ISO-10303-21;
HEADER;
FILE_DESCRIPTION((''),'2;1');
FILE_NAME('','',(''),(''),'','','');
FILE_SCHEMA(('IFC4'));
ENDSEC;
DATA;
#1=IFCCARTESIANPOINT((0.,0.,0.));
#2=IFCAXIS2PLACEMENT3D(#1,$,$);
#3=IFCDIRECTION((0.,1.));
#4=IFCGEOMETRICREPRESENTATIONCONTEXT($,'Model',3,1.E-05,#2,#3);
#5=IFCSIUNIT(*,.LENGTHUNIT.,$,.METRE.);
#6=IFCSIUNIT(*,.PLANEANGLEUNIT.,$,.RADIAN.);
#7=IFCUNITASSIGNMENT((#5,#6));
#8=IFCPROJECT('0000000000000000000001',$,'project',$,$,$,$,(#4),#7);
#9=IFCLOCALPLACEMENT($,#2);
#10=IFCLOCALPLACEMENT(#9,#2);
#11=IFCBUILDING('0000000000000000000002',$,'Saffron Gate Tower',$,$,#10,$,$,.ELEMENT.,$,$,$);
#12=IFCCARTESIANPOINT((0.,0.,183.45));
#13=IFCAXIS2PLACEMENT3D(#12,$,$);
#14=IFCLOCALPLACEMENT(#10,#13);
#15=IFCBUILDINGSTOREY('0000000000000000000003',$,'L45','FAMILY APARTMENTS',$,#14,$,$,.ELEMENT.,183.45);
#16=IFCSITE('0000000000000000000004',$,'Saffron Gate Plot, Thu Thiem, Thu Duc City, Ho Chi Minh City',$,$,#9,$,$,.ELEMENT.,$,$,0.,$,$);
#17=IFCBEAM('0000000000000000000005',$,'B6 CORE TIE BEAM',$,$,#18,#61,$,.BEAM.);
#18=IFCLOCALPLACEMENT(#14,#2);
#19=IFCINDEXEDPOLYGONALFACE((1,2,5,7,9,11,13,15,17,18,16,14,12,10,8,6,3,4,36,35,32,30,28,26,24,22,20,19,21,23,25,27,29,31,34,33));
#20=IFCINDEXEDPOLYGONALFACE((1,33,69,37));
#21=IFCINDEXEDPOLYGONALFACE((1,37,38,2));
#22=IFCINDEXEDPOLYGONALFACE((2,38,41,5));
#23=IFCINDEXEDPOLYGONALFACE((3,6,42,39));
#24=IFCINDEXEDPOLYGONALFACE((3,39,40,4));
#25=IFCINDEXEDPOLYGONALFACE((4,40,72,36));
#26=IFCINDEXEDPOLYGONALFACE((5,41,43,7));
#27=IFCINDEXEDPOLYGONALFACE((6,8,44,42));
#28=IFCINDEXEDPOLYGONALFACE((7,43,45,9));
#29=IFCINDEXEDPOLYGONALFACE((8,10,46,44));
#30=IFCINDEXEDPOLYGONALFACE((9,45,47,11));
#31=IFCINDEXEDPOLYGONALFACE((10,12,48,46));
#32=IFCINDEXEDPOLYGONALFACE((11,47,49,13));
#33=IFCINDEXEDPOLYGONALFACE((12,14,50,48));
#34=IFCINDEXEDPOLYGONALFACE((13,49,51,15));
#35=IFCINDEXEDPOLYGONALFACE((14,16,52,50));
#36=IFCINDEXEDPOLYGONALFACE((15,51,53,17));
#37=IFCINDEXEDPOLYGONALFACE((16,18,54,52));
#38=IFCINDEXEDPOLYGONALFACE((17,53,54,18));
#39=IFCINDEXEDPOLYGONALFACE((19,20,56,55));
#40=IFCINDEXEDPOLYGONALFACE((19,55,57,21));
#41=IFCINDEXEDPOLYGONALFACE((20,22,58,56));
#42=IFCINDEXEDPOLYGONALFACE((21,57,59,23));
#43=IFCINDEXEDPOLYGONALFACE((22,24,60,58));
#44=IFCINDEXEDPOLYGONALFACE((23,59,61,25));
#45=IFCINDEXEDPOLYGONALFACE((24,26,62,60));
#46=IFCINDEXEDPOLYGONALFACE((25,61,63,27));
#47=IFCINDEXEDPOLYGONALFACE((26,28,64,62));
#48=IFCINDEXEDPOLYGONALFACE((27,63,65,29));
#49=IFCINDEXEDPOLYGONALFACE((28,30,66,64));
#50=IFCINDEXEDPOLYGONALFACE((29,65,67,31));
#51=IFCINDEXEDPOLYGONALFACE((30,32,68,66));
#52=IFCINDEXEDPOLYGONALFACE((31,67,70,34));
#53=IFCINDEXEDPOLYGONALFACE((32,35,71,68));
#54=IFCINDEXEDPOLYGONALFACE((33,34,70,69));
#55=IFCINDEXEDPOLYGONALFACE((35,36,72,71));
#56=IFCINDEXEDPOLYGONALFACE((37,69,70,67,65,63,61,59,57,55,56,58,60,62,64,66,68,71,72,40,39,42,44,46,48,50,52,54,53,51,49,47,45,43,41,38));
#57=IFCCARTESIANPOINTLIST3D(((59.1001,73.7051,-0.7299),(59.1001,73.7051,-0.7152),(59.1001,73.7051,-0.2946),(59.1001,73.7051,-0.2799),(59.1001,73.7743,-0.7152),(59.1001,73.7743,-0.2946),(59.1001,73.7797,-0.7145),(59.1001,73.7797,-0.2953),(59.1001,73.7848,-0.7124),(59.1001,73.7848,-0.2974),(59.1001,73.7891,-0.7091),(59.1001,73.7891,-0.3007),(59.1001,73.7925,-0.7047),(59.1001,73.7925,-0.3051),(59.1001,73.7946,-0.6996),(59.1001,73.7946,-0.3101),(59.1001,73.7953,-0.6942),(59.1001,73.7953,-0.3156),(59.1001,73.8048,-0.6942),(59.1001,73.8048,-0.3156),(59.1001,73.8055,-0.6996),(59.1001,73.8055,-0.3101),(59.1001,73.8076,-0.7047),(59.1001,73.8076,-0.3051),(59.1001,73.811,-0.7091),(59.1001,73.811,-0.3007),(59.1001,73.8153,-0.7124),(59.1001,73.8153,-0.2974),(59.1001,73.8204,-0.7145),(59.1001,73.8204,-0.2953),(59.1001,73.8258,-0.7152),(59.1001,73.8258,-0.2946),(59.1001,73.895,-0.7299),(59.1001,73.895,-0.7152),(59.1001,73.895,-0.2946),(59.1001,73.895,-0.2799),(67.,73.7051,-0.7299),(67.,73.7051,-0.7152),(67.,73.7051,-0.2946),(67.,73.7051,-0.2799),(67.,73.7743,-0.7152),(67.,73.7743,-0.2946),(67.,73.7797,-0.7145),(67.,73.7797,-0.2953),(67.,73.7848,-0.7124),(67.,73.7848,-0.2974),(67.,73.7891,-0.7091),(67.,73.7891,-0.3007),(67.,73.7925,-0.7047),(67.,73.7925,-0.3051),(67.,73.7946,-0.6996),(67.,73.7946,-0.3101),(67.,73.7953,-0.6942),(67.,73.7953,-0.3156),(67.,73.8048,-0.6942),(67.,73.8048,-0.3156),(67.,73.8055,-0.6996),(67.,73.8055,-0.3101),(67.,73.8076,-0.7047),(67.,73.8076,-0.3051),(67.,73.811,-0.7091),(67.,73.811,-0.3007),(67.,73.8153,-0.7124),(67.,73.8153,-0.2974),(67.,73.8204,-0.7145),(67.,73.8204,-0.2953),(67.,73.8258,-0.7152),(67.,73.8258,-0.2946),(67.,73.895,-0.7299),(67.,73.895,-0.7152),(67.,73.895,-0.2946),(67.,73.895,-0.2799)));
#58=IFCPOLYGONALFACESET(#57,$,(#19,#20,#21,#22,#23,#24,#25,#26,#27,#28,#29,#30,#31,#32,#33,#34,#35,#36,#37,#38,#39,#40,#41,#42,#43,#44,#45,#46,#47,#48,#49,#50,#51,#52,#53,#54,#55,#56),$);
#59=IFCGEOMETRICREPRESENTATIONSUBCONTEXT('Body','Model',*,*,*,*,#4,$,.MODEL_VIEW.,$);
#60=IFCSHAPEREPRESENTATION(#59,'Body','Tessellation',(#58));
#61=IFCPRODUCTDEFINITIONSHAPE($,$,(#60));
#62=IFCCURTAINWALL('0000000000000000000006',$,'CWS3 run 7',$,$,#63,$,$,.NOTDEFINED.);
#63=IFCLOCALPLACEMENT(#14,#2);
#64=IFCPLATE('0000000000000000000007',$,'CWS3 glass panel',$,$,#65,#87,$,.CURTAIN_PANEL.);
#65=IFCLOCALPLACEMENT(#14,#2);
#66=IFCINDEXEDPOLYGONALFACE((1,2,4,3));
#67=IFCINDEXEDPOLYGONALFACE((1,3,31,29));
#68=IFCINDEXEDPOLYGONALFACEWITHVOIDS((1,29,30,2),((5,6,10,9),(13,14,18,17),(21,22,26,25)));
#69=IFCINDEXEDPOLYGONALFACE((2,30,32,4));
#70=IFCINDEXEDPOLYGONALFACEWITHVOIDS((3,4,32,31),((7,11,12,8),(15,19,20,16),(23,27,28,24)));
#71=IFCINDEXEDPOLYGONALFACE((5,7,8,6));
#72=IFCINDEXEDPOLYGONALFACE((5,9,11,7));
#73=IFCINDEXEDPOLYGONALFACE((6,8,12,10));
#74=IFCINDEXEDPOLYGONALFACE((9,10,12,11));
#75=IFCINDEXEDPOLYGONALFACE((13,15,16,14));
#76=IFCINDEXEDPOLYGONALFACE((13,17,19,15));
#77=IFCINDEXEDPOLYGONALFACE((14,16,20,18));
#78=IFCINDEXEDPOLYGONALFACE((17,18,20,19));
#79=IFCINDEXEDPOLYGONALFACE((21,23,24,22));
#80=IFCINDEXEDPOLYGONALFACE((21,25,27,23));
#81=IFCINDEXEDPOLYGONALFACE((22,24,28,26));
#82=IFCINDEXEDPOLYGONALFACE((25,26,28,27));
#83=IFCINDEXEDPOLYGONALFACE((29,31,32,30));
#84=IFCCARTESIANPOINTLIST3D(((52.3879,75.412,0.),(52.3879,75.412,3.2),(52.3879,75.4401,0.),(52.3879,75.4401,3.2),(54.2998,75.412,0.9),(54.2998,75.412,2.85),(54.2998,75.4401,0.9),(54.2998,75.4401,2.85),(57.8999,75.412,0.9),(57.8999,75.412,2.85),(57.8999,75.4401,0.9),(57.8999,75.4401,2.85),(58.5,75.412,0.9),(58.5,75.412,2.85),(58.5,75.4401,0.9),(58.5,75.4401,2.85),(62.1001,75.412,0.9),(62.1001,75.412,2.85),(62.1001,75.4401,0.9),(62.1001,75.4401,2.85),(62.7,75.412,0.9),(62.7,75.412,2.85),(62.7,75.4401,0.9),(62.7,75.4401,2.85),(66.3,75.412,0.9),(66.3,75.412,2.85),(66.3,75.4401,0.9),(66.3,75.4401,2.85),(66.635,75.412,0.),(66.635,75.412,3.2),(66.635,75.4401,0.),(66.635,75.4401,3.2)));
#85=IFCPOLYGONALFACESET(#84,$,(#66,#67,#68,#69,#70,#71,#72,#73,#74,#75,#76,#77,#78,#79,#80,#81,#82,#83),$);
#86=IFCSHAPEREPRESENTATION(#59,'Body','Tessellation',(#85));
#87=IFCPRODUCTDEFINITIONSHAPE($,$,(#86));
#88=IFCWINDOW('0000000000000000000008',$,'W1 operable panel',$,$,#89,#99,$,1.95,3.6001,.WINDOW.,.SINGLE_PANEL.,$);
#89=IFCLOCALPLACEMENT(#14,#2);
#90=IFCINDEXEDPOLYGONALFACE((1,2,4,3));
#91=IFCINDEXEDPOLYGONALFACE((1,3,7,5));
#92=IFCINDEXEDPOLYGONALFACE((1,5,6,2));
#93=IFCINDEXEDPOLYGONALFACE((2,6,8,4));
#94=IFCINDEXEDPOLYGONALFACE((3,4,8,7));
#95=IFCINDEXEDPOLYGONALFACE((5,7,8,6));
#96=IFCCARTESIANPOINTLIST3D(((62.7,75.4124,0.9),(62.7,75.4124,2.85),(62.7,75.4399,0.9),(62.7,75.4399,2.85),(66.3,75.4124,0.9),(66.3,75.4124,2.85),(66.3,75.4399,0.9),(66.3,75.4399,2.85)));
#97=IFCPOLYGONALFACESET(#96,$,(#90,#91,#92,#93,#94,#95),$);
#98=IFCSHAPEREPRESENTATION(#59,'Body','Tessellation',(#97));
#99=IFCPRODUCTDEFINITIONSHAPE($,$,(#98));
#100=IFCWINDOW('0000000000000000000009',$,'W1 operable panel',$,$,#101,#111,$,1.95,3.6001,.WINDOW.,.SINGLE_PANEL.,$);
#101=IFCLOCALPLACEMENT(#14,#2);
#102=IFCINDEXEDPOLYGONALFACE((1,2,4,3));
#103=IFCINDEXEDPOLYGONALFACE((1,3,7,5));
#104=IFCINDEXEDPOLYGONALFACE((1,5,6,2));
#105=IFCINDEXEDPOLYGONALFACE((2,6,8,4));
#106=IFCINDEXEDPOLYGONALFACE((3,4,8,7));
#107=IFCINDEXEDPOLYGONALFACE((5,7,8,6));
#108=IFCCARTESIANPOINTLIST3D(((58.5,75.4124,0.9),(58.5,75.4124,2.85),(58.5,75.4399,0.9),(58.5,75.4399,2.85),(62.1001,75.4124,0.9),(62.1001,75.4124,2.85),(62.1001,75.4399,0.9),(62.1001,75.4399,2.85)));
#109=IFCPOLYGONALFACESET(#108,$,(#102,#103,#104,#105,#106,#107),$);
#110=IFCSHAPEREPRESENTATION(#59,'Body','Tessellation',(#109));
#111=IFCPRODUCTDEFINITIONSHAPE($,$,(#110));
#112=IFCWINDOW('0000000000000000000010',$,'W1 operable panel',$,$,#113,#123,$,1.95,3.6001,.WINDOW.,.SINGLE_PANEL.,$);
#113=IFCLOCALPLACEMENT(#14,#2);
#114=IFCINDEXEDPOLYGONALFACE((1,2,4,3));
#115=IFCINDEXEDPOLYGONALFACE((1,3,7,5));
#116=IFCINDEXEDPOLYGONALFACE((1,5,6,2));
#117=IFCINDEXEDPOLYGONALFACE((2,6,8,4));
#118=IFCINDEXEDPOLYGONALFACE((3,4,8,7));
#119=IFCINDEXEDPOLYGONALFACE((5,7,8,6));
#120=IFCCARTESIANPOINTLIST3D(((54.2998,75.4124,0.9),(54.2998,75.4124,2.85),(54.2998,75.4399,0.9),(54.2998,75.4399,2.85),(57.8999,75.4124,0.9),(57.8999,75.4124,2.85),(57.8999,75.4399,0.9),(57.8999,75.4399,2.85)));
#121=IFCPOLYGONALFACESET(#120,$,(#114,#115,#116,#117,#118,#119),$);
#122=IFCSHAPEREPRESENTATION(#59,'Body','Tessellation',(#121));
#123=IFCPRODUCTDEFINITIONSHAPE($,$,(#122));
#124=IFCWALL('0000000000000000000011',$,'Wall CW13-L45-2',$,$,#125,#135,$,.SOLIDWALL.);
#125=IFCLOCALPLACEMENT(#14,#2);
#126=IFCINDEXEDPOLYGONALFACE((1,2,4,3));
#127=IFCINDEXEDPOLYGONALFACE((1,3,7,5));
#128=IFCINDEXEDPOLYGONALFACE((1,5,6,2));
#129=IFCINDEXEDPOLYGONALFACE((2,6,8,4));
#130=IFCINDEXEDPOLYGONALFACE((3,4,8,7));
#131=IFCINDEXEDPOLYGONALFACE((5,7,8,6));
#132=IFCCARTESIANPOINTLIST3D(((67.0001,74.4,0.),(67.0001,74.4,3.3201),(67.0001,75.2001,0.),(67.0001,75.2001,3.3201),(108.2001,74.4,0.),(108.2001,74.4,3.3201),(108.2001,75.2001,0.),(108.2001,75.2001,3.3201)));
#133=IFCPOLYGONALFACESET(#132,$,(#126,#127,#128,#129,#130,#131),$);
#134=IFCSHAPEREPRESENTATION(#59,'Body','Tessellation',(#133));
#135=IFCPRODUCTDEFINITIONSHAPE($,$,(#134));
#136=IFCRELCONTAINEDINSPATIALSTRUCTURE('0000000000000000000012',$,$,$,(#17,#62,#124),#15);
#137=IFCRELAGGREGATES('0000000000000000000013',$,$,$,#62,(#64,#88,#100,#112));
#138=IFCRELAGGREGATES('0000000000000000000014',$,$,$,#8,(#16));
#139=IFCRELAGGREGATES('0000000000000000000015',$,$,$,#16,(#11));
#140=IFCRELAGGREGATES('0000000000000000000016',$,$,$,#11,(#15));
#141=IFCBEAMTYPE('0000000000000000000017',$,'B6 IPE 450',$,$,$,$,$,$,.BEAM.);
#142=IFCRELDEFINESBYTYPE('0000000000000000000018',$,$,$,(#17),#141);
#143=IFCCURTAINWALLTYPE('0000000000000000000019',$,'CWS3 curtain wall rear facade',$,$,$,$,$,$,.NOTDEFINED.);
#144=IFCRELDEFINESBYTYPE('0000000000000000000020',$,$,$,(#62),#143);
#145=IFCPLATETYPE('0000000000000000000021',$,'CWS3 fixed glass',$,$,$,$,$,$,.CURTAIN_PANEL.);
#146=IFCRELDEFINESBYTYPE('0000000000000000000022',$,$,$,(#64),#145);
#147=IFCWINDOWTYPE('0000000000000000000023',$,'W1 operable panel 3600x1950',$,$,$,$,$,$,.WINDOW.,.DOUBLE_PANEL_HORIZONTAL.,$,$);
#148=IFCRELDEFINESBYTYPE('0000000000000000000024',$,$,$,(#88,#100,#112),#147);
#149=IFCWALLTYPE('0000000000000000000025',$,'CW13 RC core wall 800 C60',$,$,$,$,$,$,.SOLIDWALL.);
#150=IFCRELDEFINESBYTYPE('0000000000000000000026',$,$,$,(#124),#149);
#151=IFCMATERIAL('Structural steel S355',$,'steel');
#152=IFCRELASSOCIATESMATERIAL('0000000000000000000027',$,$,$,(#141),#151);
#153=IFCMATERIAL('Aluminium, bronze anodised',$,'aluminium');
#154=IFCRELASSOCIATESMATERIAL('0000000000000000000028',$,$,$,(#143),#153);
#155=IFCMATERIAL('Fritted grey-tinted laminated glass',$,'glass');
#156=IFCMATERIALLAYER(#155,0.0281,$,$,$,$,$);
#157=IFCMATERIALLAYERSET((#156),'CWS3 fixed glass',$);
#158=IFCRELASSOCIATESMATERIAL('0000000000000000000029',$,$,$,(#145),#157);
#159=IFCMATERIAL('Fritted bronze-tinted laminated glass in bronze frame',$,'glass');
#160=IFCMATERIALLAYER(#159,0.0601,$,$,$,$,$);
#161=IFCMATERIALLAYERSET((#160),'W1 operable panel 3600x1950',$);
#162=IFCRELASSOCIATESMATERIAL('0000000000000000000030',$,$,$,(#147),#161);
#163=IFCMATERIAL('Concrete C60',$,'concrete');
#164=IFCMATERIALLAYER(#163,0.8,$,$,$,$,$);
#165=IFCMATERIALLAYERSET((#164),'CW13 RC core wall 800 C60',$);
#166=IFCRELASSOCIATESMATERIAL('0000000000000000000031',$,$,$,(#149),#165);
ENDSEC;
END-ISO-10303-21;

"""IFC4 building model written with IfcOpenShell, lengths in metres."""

from ifc_helpers import new_model, si_unit, direction, frame, frame_2d, origin, origin_2d, place, context, subcontext, project, spatial, rectangle, i_section, extrude, material, layer, layer_set, material_profile, profile_set, type_object, element, fill, aggregate, save


model = new_model("IFC4")

# Units and contexts
model_context = context("Model", 3, precision=1e-05, world=origin(), true_north=direction((0.0, 1.0)))
body_context = subcontext(model_context, "Body", "Model", "MODEL_VIEW")
ifc_project = project(units=[si_unit("LENGTHUNIT", "METRE"), si_unit("PLANEANGLEUNIT", "RADIAN")], contexts=[model_context])

# Site, building, storey
site_placement = place(None, origin())
site = spatial("IfcSite", under=ifc_project, at=site_placement, Name="Saffron Gate Plot, Thu Thiem, Thu Duc City, Ho Chi Minh City", CompositionType="ELEMENT", RefElevation=0.0)
building_placement = place(site_placement, origin())
building = spatial("IfcBuilding", under=site, at=building_placement, Name="Saffron Gate Tower", CompositionType="ELEMENT")
storey_placement = place(building_placement, frame((0.0, 0.0, 183.45)))
storey = spatial("IfcBuildingStorey", under=building, at=storey_placement, Name="L45", Description="FAMILY APARTMENTS", CompositionType="ELEMENT", Elevation=183.45)

# Beam
ifc_material_1 = material(Name="Structural steel S355", Category="steel")
ifc_material_profile = material_profile(ifc_material_1, i_section(OverallWidth=0.1899, OverallDepth=0.45, WebThickness=0.0095, FlangeThickness=0.0146, FilletRadius=0.021, at=origin_2d()))
ifc_profile_set = profile_set([ifc_material_profile], Name="Structural steel S355")
beam_type = type_object("IfcBeamType", Name="B6 IPE 450", PredefinedType="BEAM", material=ifc_profile_set)
beam_placement = place(storey_placement, frame((59.1001, 73.8, -0.5049), z_axis=(1.0, 0.0, 0.0), x_axis=(0.0, 1.0, 0.0)))
element("IfcBeam", 1, at=beam_placement, inside=storey, type_object=beam_type, Name="B6 CORE TIE BEAM", PredefinedType="BEAM", context=body_context, shape_type="SweptSolid", body=[
    extrude(i_section(OverallWidth=0.1899, OverallDepth=0.45, WebThickness=0.0095, FlangeThickness=0.0146, FilletRadius=0.021, at=origin_2d()), origin(), (0.0, 0.0, 1.0), 7.8999),
])

# Curtain wall, plate, openings, windows
ifc_material_2 = material(Name="Aluminium, bronze anodised", Category="aluminium")
curtain_wall_type = type_object("IfcCurtainWallType", Name="CWS3 curtain wall rear facade", PredefinedType="NOTDEFINED", material=ifc_material_2)
curtain_wall_placement = place(storey_placement, origin())
curtain_wall = element("IfcCurtainWall", 2, at=curtain_wall_placement, inside=storey, type_object=curtain_wall_type, Name="CWS3 run 7", PredefinedType="NOTDEFINED")
ifc_material_3 = material(Name="Fritted grey-tinted laminated glass", Category="glass")
ifc_layer_1 = layer(ifc_material_3, 0.0281)
ifc_layer_set_1 = layer_set([ifc_layer_1], Name="CWS3 fixed glass")
plate_type = type_object("IfcPlateType", Name="CWS3 fixed glass", PredefinedType="CURTAIN_PANEL", material=ifc_layer_set_1)
plate_placement = place(storey_placement, frame((66.635, 75.426, 0.0), z_axis=(0.0, 0.0, 1.0), x_axis=(-1.0, 0.0, 0.0)))
plate = element("IfcPlate", 3, at=plate_placement, type_object=plate_type, Name="CWS3 glass panel", PredefinedType="CURTAIN_PANEL", context=body_context, shape_type="SweptSolid", body=[
    extrude(rectangle(XDim=14.2471, YDim=0.0281, at=frame_2d((7.1235, 0.0))), origin(), (0.0, 0.0, 1.0), 3.2),
])
opening_1_placement = place(plate_placement, frame((0.335, 0.0, 0.8999)))
opening_1 = element("IfcOpeningElement", 4, at=opening_1_placement, cuts=plate, PredefinedType="OPENING", context=body_context, shape_type="SweptSolid", body=[
    extrude(rectangle(XDim=3.6001, YDim=1.95, at=frame_2d((1.8, 0.9751))), frame((0.0, 0.0239, 0.0), z_axis=(0.0, -1.0, 0.0), x_axis=(1.0, 0.0, 0.0)), (0.0, 0.0, 1.0), 0.0481),
])
opening_2_placement = place(plate_placement, frame((4.5349, 0.0, 0.8999)))
opening_2 = element("IfcOpeningElement", 5, at=opening_2_placement, cuts=plate, PredefinedType="OPENING", context=body_context, shape_type="SweptSolid", body=[
    extrude(rectangle(XDim=3.6001, YDim=1.95, at=frame_2d((1.8, 0.9751))), frame((0.0, 0.0239, 0.0), z_axis=(0.0, -1.0, 0.0), x_axis=(1.0, 0.0, 0.0)), (0.0, 0.0, 1.0), 0.0481),
])
opening_3_placement = place(plate_placement, frame((8.7351, 0.0, 0.8999)))
opening_3 = element("IfcOpeningElement", 6, at=opening_3_placement, cuts=plate, PredefinedType="OPENING", context=body_context, shape_type="SweptSolid", body=[
    extrude(rectangle(XDim=3.6001, YDim=1.95, at=frame_2d((1.8, 0.9751))), frame((0.0, 0.0239, 0.0), z_axis=(0.0, -1.0, 0.0), x_axis=(1.0, 0.0, 0.0)), (0.0, 0.0, 1.0), 0.0481),
])
ifc_material_4 = material(Name="Fritted bronze-tinted laminated glass in bronze frame", Category="glass")
ifc_layer_2 = layer(ifc_material_4, 0.0601)
ifc_layer_set_2 = layer_set([ifc_layer_2], Name="W1 operable panel 3600x1950")
window_type = type_object("IfcWindowType", Name="W1 operable panel 3600x1950", PartitioningType="DOUBLE_PANEL_HORIZONTAL", PredefinedType="WINDOW", material=ifc_layer_set_2)
window_1_placement = place(opening_1_placement, origin())
window_1 = element("IfcWindow", 7, at=window_1_placement, type_object=window_type, Name="W1 operable panel", OverallHeight=1.95, OverallWidth=3.6001, PartitioningType="SINGLE_PANEL", PredefinedType="WINDOW", context=body_context, shape_type="SweptSolid", body=[
    extrude(rectangle(XDim=3.6001, YDim=1.95, at=frame_2d((1.8, 0.9751))), frame((0.0, 0.0137, 0.0), z_axis=(0.0, -1.0, 0.0), x_axis=(1.0, 0.0, 0.0)), (0.0, 0.0, 1.0), 0.0276),
])
fill(opening_1, window_1)
window_2_placement = place(opening_2_placement, origin())
window_2 = element("IfcWindow", 8, at=window_2_placement, type_object=window_type, Name="W1 operable panel", OverallHeight=1.95, OverallWidth=3.6001, PartitioningType="SINGLE_PANEL", PredefinedType="WINDOW", context=body_context, shape_type="SweptSolid", body=[
    extrude(rectangle(XDim=3.6001, YDim=1.95, at=frame_2d((1.8, 0.9751))), frame((0.0, 0.0137, 0.0), z_axis=(0.0, -1.0, 0.0), x_axis=(1.0, 0.0, 0.0)), (0.0, 0.0, 1.0), 0.0276),
])
fill(opening_2, window_2)
window_3_placement = place(opening_3_placement, origin())
window_3 = element("IfcWindow", 9, at=window_3_placement, type_object=window_type, Name="W1 operable panel", OverallHeight=1.95, OverallWidth=3.6001, PartitioningType="SINGLE_PANEL", PredefinedType="WINDOW", context=body_context, shape_type="SweptSolid", body=[
    extrude(rectangle(XDim=3.6001, YDim=1.95, at=frame_2d((1.8, 0.9751))), frame((0.0, 0.0137, 0.0), z_axis=(0.0, -1.0, 0.0), x_axis=(1.0, 0.0, 0.0)), (0.0, 0.0, 1.0), 0.0276),
])
fill(opening_3, window_3)
aggregate(curtain_wall, [plate, window_1, window_2, window_3])

# Wall
ifc_material_5 = material(Name="Concrete C60", Category="concrete")
ifc_layer_3 = layer(ifc_material_5, 0.8)
ifc_layer_set_3 = layer_set([ifc_layer_3], Name="CW13 RC core wall 800 C60")
wall_type_1 = type_object("IfcWallType", Name="CW13 RC core wall 800 C60", PredefinedType="SOLIDWALL", material=ifc_layer_set_3)
wall_1_placement = place(storey_placement, frame((67.0, 74.8, 0.0), z_axis=(0.0, 0.0, 1.0), x_axis=(1.0, 0.0, 0.0)))
element("IfcWall", 10, at=wall_1_placement, inside=storey, type_object=wall_type_1, Name="Wall CW13-L45-2", PredefinedType="SOLIDWALL", context=body_context, shape_type="SweptSolid", body=[
    extrude(rectangle(XDim=41.2, YDim=0.8, at=frame_2d((20.6001, 0.0))), origin(), (0.0, 0.0, 1.0), 3.3201),
])

save(model, "model.ifc")
